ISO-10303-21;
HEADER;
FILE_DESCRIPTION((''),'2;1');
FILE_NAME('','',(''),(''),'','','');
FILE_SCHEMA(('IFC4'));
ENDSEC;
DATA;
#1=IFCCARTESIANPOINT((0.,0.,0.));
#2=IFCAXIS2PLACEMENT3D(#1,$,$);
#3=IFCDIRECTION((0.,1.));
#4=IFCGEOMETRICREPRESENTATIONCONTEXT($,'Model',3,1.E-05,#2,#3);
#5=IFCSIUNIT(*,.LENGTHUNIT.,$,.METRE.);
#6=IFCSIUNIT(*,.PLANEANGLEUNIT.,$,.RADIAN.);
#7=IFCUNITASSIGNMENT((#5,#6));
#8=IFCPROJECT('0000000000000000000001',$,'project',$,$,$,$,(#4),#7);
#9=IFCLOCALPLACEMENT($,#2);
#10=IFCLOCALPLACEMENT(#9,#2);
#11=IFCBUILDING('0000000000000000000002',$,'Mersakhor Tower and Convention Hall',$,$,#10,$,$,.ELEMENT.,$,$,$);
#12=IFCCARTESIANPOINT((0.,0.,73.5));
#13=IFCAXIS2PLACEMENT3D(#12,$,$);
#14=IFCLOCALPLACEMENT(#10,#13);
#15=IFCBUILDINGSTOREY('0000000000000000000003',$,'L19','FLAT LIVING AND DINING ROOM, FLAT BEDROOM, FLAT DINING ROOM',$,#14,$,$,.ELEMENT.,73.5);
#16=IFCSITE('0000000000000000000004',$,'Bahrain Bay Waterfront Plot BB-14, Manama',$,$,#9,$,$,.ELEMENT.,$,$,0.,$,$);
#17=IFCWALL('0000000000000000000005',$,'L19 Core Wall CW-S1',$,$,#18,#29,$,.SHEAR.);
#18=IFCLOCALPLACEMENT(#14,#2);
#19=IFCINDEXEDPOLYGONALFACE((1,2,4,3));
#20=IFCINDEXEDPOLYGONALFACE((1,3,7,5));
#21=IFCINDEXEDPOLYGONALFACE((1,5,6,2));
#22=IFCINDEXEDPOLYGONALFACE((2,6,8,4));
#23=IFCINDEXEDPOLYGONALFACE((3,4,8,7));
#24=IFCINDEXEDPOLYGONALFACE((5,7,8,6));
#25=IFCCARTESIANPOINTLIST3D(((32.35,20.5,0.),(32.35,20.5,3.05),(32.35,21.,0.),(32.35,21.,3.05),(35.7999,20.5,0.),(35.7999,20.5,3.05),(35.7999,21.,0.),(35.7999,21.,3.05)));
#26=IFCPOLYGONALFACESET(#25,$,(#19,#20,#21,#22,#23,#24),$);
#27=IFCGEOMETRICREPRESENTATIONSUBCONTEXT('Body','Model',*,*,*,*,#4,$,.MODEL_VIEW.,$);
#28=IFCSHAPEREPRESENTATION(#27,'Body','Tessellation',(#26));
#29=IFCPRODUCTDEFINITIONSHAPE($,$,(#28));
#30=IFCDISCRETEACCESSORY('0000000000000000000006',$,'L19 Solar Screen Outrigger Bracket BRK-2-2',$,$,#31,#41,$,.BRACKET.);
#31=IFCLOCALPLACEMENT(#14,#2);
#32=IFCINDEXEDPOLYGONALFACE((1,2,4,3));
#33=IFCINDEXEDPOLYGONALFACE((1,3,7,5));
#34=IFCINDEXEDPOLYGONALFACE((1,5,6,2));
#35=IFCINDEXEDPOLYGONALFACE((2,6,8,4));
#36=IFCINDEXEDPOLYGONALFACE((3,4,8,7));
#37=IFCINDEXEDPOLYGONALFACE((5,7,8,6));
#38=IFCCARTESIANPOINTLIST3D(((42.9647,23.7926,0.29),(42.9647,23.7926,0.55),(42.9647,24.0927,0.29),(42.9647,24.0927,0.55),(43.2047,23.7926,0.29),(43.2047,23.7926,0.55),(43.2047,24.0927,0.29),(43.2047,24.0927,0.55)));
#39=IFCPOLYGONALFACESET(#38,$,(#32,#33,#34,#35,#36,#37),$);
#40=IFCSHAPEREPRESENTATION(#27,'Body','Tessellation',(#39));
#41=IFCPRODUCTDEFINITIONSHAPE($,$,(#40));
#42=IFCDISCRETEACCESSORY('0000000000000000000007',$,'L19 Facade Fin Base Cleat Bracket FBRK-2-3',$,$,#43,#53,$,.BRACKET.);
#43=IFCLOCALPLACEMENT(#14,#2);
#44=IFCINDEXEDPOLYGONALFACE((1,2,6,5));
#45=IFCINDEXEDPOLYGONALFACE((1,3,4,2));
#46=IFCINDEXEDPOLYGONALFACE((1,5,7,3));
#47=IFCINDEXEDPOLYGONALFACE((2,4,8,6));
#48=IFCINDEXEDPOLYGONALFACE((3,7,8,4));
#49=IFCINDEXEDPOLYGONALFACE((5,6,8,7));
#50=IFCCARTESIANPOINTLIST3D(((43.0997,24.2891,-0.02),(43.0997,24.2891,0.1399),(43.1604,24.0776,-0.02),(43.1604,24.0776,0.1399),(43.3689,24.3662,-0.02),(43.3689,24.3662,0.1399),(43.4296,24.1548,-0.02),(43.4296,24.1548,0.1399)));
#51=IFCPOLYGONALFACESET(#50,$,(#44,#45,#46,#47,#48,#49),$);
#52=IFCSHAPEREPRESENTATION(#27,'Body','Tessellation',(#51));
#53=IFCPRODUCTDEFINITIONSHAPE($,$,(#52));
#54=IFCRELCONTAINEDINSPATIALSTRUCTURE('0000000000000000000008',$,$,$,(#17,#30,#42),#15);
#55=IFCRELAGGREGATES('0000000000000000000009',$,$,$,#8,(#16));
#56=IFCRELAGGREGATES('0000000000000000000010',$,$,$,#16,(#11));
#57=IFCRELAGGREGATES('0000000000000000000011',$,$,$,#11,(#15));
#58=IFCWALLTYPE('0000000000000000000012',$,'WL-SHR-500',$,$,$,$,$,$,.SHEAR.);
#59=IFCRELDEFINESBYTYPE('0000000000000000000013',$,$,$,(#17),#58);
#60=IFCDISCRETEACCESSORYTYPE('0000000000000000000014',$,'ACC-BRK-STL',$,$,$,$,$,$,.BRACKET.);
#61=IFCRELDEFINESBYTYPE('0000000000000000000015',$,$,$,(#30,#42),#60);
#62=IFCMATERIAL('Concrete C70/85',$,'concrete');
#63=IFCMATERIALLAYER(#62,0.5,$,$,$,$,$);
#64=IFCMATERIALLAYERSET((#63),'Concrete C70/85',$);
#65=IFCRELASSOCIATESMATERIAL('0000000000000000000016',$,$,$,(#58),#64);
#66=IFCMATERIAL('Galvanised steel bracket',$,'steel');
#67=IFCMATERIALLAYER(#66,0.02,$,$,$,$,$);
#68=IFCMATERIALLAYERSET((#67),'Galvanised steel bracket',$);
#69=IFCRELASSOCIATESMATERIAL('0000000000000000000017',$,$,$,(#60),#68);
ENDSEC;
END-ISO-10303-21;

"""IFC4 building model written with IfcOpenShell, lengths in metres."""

from ifc_helpers import new_model, si_unit, direction, frame, frame_2d, origin, origin_2d, place, context, subcontext, project, spatial, rectangle, extrude, material, layer, layer_set, type_object, element, save


model = new_model("IFC4")

# Units and contexts
model_context = context("Model", 3, precision=1e-05, world=origin(), true_north=direction((0.0, 1.0)))
body_context = subcontext(model_context, "Body", "Model", "MODEL_VIEW")
ifc_project = project(units=[si_unit("LENGTHUNIT", "METRE"), si_unit("PLANEANGLEUNIT", "RADIAN")], contexts=[model_context])

# Site, building, storey
site_placement = place(None, origin())
site = spatial("IfcSite", under=ifc_project, at=site_placement, Name="Bahrain Bay Waterfront Plot BB-14, Manama", CompositionType="ELEMENT", RefElevation=0.0)
building_placement = place(site_placement, origin())
building = spatial("IfcBuilding", under=site, at=building_placement, Name="Mersakhor Tower and Convention Hall", CompositionType="ELEMENT")
storey_placement = place(building_placement, frame((0.0, 0.0, 73.5)))
storey = spatial("IfcBuildingStorey", under=building, at=storey_placement, Name="L19", Description="FLAT LIVING AND DINING ROOM, FLAT BEDROOM, FLAT DINING ROOM", CompositionType="ELEMENT", Elevation=73.5)

# Wall
ifc_material_1 = material(Name="Concrete C70/85", Category="concrete")
ifc_layer_1 = layer(ifc_material_1, 0.5)
ifc_layer_set_1 = layer_set([ifc_layer_1], Name="Concrete C70/85")
wall_type_1 = type_object("IfcWallType", Name="WL-SHR-500", PredefinedType="SHEAR", material=ifc_layer_set_1)
wall_1_placement = place(storey_placement, frame((35.8, 20.75, 0.0), z_axis=(0.0, 0.0, 1.0), x_axis=(-1.0, 0.0, 0.0)))
element("IfcWall", 1, at=wall_1_placement, inside=storey, type_object=wall_type_1, Name="L19 Core Wall CW-S1", PredefinedType="SHEAR", context=body_context, shape_type="SweptSolid", body=[
    extrude(rectangle(XDim=3.45, YDim=0.5, at=frame_2d((1.7251, 0.0))), origin(), (0.0, 0.0, 1.0), 3.05),
])

# Discrete accessories
ifc_material_2 = material(Name="Galvanised steel bracket", Category="steel")
ifc_layer_2 = layer(ifc_material_2, 0.02)
ifc_layer_set_2 = layer_set([ifc_layer_2], Name="Galvanised steel bracket")
discrete_accessory_type = type_object("IfcDiscreteAccessoryType", Name="ACC-BRK-STL", PredefinedType="BRACKET", material=ifc_layer_set_2)
discrete_accessory_1_placement = place(storey_placement, frame((43.0847, 23.9426, 0.29), z_axis=(0.0, 0.0, 1.0), x_axis=(0.0, -1.0, 0.0)))
element("IfcDiscreteAccessory", 2, at=discrete_accessory_1_placement, inside=storey, type_object=discrete_accessory_type, Name="L19 Solar Screen Outrigger Bracket BRK-2-2", PredefinedType="BRACKET", context=body_context, shape_type="SweptSolid", body=[
    extrude(rectangle(XDim=0.3, YDim=0.24, at=origin_2d()), origin(), (0.0, 0.0, 1.0), 0.26),
])
discrete_accessory_2_placement = place(storey_placement, frame((43.2646, 24.2219, -0.02), z_axis=(0.0, 0.0, 1.0), x_axis=(0.961262, 0.275637, 0.0)))
element("IfcDiscreteAccessory", 3, at=discrete_accessory_2_placement, inside=storey, type_object=discrete_accessory_type, Name="L19 Facade Fin Base Cleat Bracket FBRK-2-3", PredefinedType="BRACKET", context=body_context, shape_type="SweptSolid", body=[
    extrude(rectangle(XDim=0.28, YDim=0.22, at=origin_2d()), origin(), (0.0, 0.0, 1.0), 0.1599),
])

save(model, "model.ifc")
